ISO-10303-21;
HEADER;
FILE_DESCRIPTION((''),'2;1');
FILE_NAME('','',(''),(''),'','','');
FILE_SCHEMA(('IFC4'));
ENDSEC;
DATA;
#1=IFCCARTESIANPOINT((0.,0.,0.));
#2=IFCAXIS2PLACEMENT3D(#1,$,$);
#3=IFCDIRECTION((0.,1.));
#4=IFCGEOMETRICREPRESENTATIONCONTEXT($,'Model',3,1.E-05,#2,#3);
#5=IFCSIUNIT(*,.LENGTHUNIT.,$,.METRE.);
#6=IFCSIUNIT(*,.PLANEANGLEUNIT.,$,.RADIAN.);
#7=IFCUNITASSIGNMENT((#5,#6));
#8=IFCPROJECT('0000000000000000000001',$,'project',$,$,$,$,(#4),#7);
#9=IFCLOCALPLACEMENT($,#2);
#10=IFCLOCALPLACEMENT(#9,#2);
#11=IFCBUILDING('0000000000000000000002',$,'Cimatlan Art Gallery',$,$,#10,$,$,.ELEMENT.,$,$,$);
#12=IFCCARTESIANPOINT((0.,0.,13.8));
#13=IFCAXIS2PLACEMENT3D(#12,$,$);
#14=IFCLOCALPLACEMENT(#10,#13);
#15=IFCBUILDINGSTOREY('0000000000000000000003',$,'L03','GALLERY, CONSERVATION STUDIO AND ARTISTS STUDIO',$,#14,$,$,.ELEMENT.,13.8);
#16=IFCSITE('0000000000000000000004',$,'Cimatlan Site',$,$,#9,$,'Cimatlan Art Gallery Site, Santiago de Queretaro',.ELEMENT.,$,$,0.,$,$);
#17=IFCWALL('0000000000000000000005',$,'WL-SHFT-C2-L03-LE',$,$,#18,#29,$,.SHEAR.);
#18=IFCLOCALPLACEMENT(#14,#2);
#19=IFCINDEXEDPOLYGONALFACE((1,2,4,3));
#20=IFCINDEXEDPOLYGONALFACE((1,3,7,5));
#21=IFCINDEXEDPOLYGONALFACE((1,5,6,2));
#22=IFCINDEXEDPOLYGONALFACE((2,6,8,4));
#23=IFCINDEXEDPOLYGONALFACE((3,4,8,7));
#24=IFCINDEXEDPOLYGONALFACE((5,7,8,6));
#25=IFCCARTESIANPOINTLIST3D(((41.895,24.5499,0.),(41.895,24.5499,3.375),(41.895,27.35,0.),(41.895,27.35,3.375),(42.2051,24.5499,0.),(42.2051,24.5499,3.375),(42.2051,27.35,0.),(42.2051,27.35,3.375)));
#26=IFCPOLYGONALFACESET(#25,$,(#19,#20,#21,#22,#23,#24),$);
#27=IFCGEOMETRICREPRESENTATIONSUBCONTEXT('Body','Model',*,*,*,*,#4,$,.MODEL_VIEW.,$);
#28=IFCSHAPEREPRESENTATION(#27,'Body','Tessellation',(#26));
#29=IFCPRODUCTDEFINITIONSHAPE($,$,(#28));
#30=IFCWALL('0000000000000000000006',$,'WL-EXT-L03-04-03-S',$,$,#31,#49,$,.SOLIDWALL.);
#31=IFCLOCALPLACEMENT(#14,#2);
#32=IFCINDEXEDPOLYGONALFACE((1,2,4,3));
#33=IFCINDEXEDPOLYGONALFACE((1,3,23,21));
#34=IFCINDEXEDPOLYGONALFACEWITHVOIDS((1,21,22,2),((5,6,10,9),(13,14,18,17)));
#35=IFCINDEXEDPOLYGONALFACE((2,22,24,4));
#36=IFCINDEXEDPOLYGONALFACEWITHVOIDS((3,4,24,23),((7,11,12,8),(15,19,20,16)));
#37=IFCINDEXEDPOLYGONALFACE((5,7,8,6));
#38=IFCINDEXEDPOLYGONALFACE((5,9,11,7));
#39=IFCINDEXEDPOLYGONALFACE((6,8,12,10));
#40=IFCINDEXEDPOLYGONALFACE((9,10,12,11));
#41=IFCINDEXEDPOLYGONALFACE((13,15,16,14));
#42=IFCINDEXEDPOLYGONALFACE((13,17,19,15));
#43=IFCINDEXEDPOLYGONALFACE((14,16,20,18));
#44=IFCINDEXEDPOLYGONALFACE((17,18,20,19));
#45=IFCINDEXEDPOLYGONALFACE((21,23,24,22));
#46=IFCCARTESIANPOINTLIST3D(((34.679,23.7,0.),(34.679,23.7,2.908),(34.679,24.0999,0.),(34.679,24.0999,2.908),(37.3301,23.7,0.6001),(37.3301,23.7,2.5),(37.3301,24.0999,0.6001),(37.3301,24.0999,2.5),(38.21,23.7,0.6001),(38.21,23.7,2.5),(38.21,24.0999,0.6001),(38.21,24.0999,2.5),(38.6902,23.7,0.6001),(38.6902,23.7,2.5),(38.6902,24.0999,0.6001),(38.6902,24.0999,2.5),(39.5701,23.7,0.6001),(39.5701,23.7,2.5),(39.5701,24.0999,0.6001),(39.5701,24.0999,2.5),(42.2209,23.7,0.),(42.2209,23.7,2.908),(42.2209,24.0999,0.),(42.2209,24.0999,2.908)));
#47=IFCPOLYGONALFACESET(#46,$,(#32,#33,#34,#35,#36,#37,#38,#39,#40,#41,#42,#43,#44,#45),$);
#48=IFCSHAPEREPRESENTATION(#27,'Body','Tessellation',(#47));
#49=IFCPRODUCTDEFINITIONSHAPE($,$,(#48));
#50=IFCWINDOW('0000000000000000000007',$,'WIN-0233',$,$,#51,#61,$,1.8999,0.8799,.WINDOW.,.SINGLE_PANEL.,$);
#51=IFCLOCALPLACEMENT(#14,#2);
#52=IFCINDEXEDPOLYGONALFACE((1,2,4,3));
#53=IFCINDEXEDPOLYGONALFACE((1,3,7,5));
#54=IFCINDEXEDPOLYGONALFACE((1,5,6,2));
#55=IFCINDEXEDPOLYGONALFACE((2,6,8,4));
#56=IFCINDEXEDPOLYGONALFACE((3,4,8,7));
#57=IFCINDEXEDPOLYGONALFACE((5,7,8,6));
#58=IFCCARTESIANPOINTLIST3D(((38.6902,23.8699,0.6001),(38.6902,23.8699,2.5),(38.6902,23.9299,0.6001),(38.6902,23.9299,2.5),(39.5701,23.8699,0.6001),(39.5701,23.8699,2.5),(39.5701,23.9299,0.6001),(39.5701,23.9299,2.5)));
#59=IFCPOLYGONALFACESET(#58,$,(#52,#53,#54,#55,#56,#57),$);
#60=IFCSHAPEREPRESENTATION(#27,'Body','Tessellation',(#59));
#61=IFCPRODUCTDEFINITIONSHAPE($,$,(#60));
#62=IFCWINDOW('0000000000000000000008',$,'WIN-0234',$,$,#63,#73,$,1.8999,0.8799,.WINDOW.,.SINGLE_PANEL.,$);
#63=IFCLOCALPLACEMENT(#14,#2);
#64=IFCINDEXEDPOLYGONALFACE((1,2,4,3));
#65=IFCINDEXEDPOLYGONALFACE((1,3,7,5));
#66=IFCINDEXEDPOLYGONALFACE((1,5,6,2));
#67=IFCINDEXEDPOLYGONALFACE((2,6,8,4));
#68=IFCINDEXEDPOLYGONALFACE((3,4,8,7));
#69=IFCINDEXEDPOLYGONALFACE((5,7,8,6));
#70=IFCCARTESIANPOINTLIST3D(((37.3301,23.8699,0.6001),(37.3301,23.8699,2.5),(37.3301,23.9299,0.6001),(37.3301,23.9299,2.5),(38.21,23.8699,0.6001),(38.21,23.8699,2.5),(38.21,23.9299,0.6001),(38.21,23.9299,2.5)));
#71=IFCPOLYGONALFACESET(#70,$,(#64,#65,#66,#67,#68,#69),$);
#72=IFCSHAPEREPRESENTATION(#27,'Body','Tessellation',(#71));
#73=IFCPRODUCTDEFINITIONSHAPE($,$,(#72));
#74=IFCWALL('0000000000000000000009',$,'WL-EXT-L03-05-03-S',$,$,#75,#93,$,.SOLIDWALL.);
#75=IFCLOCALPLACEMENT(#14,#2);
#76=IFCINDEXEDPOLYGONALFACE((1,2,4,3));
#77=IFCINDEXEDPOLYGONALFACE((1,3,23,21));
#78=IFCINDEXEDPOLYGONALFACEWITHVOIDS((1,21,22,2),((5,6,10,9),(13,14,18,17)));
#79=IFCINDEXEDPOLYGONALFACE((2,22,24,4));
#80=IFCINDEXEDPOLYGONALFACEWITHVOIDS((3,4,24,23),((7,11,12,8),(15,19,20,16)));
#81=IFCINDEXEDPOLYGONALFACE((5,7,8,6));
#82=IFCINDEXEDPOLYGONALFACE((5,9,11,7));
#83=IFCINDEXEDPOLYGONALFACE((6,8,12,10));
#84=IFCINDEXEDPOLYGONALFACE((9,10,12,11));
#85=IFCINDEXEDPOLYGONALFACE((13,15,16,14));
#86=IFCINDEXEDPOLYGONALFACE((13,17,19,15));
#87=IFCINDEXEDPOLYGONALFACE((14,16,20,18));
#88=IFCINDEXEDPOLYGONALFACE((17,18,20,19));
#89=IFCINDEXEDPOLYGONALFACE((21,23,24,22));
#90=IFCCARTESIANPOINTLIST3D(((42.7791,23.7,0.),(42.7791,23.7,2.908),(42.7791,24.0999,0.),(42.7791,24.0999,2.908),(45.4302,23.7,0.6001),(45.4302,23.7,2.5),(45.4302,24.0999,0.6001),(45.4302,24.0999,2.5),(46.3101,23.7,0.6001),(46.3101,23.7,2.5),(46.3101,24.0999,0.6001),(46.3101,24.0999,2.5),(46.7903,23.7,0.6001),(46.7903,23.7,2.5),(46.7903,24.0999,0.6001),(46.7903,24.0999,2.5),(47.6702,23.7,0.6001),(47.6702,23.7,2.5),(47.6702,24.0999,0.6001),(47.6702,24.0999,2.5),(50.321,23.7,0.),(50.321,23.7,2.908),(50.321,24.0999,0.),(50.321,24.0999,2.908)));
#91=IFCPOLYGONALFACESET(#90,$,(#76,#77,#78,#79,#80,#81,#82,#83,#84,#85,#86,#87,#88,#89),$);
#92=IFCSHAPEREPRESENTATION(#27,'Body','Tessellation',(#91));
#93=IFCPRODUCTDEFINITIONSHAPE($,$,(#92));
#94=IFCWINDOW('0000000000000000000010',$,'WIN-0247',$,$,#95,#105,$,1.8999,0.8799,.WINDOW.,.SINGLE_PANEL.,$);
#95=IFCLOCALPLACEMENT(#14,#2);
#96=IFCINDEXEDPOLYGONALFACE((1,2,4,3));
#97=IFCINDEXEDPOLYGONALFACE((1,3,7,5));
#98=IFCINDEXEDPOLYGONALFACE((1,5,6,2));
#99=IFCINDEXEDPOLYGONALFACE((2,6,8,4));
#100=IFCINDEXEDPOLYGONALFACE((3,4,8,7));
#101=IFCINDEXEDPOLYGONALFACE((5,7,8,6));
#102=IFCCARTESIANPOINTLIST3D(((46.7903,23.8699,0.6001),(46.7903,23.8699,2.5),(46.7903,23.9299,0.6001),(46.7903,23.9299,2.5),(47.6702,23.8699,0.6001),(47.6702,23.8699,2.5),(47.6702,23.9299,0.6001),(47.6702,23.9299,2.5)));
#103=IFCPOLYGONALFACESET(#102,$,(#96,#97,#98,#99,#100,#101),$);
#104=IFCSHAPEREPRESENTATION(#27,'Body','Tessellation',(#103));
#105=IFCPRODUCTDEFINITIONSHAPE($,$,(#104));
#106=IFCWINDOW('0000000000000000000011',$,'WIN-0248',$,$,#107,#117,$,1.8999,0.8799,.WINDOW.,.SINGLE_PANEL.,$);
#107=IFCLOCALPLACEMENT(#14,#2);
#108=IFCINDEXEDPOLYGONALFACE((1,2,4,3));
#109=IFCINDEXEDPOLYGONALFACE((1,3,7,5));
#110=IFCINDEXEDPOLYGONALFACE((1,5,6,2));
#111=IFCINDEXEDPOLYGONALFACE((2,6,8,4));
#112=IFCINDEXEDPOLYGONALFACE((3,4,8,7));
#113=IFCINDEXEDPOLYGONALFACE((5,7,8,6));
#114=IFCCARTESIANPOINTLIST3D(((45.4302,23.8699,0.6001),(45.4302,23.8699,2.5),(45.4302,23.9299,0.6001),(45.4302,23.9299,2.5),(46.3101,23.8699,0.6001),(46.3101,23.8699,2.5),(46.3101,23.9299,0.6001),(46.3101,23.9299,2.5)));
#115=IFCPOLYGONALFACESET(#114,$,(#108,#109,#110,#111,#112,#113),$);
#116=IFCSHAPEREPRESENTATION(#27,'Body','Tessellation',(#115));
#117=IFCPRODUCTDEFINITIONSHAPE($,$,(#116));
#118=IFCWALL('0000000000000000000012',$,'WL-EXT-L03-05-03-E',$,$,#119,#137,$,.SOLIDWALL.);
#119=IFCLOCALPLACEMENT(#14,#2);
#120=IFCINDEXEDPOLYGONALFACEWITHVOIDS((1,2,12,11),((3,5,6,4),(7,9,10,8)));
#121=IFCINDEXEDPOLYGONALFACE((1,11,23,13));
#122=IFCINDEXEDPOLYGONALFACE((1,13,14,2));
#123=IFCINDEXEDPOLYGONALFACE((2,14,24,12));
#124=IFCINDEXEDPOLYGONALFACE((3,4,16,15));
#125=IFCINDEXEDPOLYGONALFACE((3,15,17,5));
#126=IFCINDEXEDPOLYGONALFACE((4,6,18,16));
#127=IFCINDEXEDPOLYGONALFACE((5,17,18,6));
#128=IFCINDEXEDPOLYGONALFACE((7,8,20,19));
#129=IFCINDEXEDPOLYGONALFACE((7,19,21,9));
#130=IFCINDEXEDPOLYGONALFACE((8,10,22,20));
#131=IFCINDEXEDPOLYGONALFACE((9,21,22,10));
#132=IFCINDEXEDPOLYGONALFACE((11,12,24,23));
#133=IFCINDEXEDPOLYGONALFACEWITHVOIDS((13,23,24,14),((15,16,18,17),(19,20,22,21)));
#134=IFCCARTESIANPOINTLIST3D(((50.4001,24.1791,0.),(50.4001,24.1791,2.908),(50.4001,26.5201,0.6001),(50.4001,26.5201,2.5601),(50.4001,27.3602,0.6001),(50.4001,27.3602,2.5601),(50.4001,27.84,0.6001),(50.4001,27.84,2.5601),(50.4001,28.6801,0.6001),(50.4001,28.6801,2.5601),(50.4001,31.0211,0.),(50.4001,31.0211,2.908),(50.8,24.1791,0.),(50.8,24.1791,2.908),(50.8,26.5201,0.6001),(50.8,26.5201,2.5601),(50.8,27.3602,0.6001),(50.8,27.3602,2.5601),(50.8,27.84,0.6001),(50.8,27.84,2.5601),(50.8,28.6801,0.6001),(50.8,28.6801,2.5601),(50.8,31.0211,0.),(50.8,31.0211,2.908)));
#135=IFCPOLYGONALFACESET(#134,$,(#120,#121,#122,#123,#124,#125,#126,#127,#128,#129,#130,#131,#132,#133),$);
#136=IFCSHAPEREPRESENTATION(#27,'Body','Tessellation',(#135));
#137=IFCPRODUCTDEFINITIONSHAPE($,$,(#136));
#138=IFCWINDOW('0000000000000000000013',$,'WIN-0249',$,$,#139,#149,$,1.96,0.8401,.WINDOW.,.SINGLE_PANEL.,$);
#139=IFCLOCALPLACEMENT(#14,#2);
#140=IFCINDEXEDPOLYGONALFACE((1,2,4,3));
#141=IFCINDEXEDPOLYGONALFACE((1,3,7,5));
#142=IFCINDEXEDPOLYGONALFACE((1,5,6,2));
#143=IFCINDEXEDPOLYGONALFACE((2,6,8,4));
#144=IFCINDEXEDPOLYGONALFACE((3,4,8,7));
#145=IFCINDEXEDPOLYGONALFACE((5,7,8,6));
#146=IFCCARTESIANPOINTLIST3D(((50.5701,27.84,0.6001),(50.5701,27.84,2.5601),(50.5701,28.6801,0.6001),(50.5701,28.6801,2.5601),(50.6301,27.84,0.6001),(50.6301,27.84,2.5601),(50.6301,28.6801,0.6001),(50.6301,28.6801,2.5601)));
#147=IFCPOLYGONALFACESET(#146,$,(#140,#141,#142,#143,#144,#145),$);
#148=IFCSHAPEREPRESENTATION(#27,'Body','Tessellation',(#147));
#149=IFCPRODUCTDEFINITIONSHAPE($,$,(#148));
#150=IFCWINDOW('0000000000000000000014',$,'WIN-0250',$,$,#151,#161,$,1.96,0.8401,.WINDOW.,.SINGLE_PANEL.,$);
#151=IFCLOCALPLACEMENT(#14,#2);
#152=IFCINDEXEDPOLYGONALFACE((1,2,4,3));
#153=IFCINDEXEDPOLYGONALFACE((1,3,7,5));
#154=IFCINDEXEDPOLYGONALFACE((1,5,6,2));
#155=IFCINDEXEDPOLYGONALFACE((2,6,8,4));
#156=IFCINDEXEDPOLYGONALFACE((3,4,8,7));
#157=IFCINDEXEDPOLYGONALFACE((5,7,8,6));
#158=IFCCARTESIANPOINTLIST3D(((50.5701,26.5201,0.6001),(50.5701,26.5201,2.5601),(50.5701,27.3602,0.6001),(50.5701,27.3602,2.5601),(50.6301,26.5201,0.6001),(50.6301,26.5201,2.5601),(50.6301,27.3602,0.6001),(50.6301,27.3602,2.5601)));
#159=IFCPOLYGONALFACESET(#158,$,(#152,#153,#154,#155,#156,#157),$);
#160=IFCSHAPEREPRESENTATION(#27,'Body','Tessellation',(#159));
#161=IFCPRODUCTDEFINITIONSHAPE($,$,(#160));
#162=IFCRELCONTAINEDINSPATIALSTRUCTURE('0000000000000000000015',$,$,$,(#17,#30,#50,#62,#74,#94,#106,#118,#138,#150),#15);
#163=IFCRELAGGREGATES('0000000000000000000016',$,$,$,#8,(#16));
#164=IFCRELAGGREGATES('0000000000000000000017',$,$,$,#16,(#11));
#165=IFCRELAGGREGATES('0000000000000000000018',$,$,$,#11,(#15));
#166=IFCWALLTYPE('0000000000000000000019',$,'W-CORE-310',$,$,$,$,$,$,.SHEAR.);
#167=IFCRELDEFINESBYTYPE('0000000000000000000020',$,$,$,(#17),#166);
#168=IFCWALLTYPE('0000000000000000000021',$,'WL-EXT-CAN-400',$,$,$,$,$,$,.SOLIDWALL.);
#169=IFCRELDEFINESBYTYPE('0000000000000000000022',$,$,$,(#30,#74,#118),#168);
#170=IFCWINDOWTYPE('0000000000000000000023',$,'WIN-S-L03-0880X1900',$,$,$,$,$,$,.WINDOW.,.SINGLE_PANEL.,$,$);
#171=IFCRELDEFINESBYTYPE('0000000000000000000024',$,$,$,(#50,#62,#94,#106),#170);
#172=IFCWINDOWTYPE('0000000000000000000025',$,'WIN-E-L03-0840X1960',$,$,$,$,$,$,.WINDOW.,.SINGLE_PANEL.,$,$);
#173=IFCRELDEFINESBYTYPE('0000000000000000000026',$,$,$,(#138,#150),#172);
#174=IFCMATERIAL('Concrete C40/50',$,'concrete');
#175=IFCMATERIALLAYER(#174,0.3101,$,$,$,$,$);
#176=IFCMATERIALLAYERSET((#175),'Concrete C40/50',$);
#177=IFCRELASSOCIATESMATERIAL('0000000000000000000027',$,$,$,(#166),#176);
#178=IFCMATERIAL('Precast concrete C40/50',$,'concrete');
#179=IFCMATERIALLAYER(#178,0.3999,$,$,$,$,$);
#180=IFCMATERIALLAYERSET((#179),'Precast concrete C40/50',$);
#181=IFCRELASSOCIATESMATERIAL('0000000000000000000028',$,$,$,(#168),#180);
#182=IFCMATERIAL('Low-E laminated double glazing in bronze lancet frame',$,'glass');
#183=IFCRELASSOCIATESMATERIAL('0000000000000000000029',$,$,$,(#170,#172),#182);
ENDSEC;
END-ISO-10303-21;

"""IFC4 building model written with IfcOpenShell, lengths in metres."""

from ifc_helpers import new_model, si_unit, direction, frame, frame_2d, origin, place, context, subcontext, project, spatial, rectangle, extrude, material, layer, layer_set, type_object, element, fill, save


model = new_model("IFC4")

# Units and contexts
model_context = context("Model", 3, precision=1e-05, world=origin(), true_north=direction((0.0, 1.0)))
body_context = subcontext(model_context, "Body", "Model", "MODEL_VIEW")
ifc_project = project(units=[si_unit("LENGTHUNIT", "METRE"), si_unit("PLANEANGLEUNIT", "RADIAN")], contexts=[model_context])

# Site, building, storey
site_placement = place(None, origin())
site = spatial("IfcSite", under=ifc_project, at=site_placement, Name="Cimatlan Site", LongName="Cimatlan Art Gallery Site, Santiago de Queretaro", CompositionType="ELEMENT", RefElevation=0.0)
building_placement = place(site_placement, origin())
building = spatial("IfcBuilding", under=site, at=building_placement, Name="Cimatlan Art Gallery", CompositionType="ELEMENT")
storey_placement = place(building_placement, frame((0.0, 0.0, 13.8)))
storey = spatial("IfcBuildingStorey", under=building, at=storey_placement, Name="L03", Description="GALLERY, CONSERVATION STUDIO AND ARTISTS STUDIO", CompositionType="ELEMENT", Elevation=13.8)

# Wall
ifc_material_1 = material(Name="Concrete C40/50", Category="concrete")
ifc_layer_1 = layer(ifc_material_1, 0.3101)
ifc_layer_set_1 = layer_set([ifc_layer_1], Name="Concrete C40/50")
wall_type_1 = type_object("IfcWallType", Name="W-CORE-310", PredefinedType="SHEAR", material=ifc_layer_set_1)
wall_1_placement = place(storey_placement, frame((42.05, 24.55, 0.0), z_axis=(0.0, 0.0, 1.0), x_axis=(0.0, 1.0, 0.0)))
element("IfcWall", 1, at=wall_1_placement, inside=storey, type_object=wall_type_1, Name="WL-SHFT-C2-L03-LE", PredefinedType="SHEAR", context=body_context, shape_type="SweptSolid", body=[
    extrude(rectangle(XDim=2.8, YDim=0.3101, at=frame_2d((1.3999, 0.0))), origin(), (0.0, 0.0, 1.0), 3.375),
])

# Walls, openings, windows
ifc_material_2 = material(Name="Precast concrete C40/50", Category="concrete")
ifc_layer_2 = layer(ifc_material_2, 0.3999)
ifc_layer_set_2 = layer_set([ifc_layer_2], Name="Precast concrete C40/50")
wall_type_2 = type_object("IfcWallType", Name="WL-EXT-CAN-400", PredefinedType="SOLIDWALL", material=ifc_layer_set_2)
wall_2_placement = place(storey_placement, frame((42.2209, 23.8999, 0.0), z_axis=(0.0, 0.0, 1.0), x_axis=(-1.0, 0.0, 0.0)))
wall_2 = element("IfcWall", 2, at=wall_2_placement, inside=storey, type_object=wall_type_2, Name="WL-EXT-L03-04-03-S", PredefinedType="SOLIDWALL", context=body_context, shape_type="SweptSolid", body=[
    extrude(rectangle(XDim=7.542, YDim=0.3999, at=frame_2d((3.771, 0.0))), origin(), (0.0, 0.0, 1.0), 2.908),
])
opening_1_placement = place(wall_2_placement, frame((2.6509, 0.0, 0.6001)))
opening_1 = element("IfcOpeningElement", 3, at=opening_1_placement, cuts=wall_2, PredefinedType="OPENING", context=body_context, shape_type="SweptSolid", body=[
    extrude(rectangle(XDim=0.8799, YDim=1.8999, at=frame_2d((0.4399, 0.95))), frame((0.0, 0.21, 0.0), z_axis=(0.0, -1.0, 0.0), x_axis=(1.0, 0.0, 0.0)), (0.0, 0.0, 1.0), 0.4199),
])
opening_2_placement = place(wall_2_placement, frame((4.011, 0.0, 0.6001)))
opening_2 = element("IfcOpeningElement", 4, at=opening_2_placement, cuts=wall_2, PredefinedType="OPENING", context=body_context, shape_type="SweptSolid", body=[
    extrude(rectangle(XDim=0.8799, YDim=1.8999, at=frame_2d((0.4399, 0.95))), frame((0.0, 0.21, 0.0), z_axis=(0.0, -1.0, 0.0), x_axis=(1.0, 0.0, 0.0)), (0.0, 0.0, 1.0), 0.4199),
])
ifc_material_3 = material(Name="Low-E laminated double glazing in bronze lancet frame", Category="glass")
window_type_1 = type_object("IfcWindowType", Name="WIN-S-L03-0880X1900", PartitioningType="SINGLE_PANEL", PredefinedType="WINDOW", material=ifc_material_3)
window_1_placement = place(opening_1_placement, origin())
window_1 = element("IfcWindow", 5, at=window_1_placement, inside=storey, type_object=window_type_1, Name="WIN-0233", OverallHeight=1.8999, OverallWidth=0.8799, PartitioningType="SINGLE_PANEL", PredefinedType="WINDOW", context=body_context, shape_type="SweptSolid", body=[
    extrude(rectangle(XDim=0.8799, YDim=1.8999, at=frame_2d((0.4399, 0.95))), frame((0.0, 0.03, 0.0), z_axis=(0.0, -1.0, 0.0), x_axis=(1.0, 0.0, 0.0)), (0.0, 0.0, 1.0), 0.0601),
])
fill(opening_1, window_1)
window_2_placement = place(opening_2_placement, origin())
window_2 = element("IfcWindow", 6, at=window_2_placement, inside=storey, type_object=window_type_1, Name="WIN-0234", OverallHeight=1.8999, OverallWidth=0.8799, PartitioningType="SINGLE_PANEL", PredefinedType="WINDOW", context=body_context, shape_type="SweptSolid", body=[
    extrude(rectangle(XDim=0.8799, YDim=1.8999, at=frame_2d((0.4399, 0.95))), frame((0.0, 0.03, 0.0), z_axis=(0.0, -1.0, 0.0), x_axis=(1.0, 0.0, 0.0)), (0.0, 0.0, 1.0), 0.0601),
])
fill(opening_2, window_2)
wall_3_placement = place(storey_placement, frame((50.321, 23.8999, 0.0), z_axis=(0.0, 0.0, 1.0), x_axis=(-1.0, 0.0, 0.0)))
wall_3 = element("IfcWall", 7, at=wall_3_placement, inside=storey, type_object=wall_type_2, Name="WL-EXT-L03-05-03-S", PredefinedType="SOLIDWALL", context=body_context, shape_type="SweptSolid", body=[
    extrude(rectangle(XDim=7.542, YDim=0.3999, at=frame_2d((3.771, 0.0))), origin(), (0.0, 0.0, 1.0), 2.908),
])
opening_3_placement = place(wall_3_placement, frame((2.6509, 0.0, 0.6001)))
opening_3 = element("IfcOpeningElement", 8, at=opening_3_placement, cuts=wall_3, PredefinedType="OPENING", context=body_context, shape_type="SweptSolid", body=[
    extrude(rectangle(XDim=0.8799, YDim=1.8999, at=frame_2d((0.4399, 0.95))), frame((0.0, 0.21, 0.0), z_axis=(0.0, -1.0, 0.0), x_axis=(1.0, 0.0, 0.0)), (0.0, 0.0, 1.0), 0.4199),
])
opening_4_placement = place(wall_3_placement, frame((4.011, 0.0, 0.6001)))
opening_4 = element("IfcOpeningElement", 9, at=opening_4_placement, cuts=wall_3, PredefinedType="OPENING", context=body_context, shape_type="SweptSolid", body=[
    extrude(rectangle(XDim=0.8799, YDim=1.8999, at=frame_2d((0.4399, 0.95))), frame((0.0, 0.21, 0.0), z_axis=(0.0, -1.0, 0.0), x_axis=(1.0, 0.0, 0.0)), (0.0, 0.0, 1.0), 0.4199),
])
window_3_placement = place(opening_3_placement, origin())
window_3 = element("IfcWindow", 10, at=window_3_placement, inside=storey, type_object=window_type_1, Name="WIN-0247", OverallHeight=1.8999, OverallWidth=0.8799, PartitioningType="SINGLE_PANEL", PredefinedType="WINDOW", context=body_context, shape_type="SweptSolid", body=[
    extrude(rectangle(XDim=0.8799, YDim=1.8999, at=frame_2d((0.4399, 0.95))), frame((0.0, 0.03, 0.0), z_axis=(0.0, -1.0, 0.0), x_axis=(1.0, 0.0, 0.0)), (0.0, 0.0, 1.0), 0.0601),
])
fill(opening_3, window_3)
window_4_placement = place(opening_4_placement, origin())
window_4 = element("IfcWindow", 11, at=window_4_placement, inside=storey, type_object=window_type_1, Name="WIN-0248", OverallHeight=1.8999, OverallWidth=0.8799, PartitioningType="SINGLE_PANEL", PredefinedType="WINDOW", context=body_context, shape_type="SweptSolid", body=[
    extrude(rectangle(XDim=0.8799, YDim=1.8999, at=frame_2d((0.4399, 0.95))), frame((0.0, 0.03, 0.0), z_axis=(0.0, -1.0, 0.0), x_axis=(1.0, 0.0, 0.0)), (0.0, 0.0, 1.0), 0.0601),
])
fill(opening_4, window_4)
wall_4_placement = place(storey_placement, frame((50.6001, 31.021, 0.0), z_axis=(0.0, 0.0, 1.0), x_axis=(0.0, -1.0, 0.0)))
wall_4 = element("IfcWall", 12, at=wall_4_placement, inside=storey, type_object=wall_type_2, Name="WL-EXT-L03-05-03-E", PredefinedType="SOLIDWALL", context=body_context, shape_type="SweptSolid", body=[
    extrude(rectangle(XDim=6.842, YDim=0.3999, at=frame_2d((3.4209, 0.0))), origin(), (0.0, 0.0, 1.0), 2.908),
])
opening_5_placement = place(wall_4_placement, frame((2.3411, 0.0, 0.6001)))
opening_5 = element("IfcOpeningElement", 13, at=opening_5_placement, cuts=wall_4, PredefinedType="OPENING", context=body_context, shape_type="SweptSolid", body=[
    extrude(rectangle(XDim=0.8401, YDim=1.96, at=frame_2d((0.4199, 0.98))), frame((0.0, 0.21, 0.0), z_axis=(0.0, -1.0, 0.0), x_axis=(1.0, 0.0, 0.0)), (0.0, 0.0, 1.0), 0.4199),
])
opening_6_placement = place(wall_4_placement, frame((3.6609, 0.0, 0.6001)))
opening_6 = element("IfcOpeningElement", 14, at=opening_6_placement, cuts=wall_4, PredefinedType="OPENING", context=body_context, shape_type="SweptSolid", body=[
    extrude(rectangle(XDim=0.8401, YDim=1.96, at=frame_2d((0.4199, 0.98))), frame((0.0, 0.21, 0.0), z_axis=(0.0, -1.0, 0.0), x_axis=(1.0, 0.0, 0.0)), (0.0, 0.0, 1.0), 0.4199),
])
window_type_2 = type_object("IfcWindowType", Name="WIN-E-L03-0840X1960", PartitioningType="SINGLE_PANEL", PredefinedType="WINDOW", material=ifc_material_3)
window_5_placement = place(opening_5_placement, origin())
window_5 = element("IfcWindow", 15, at=window_5_placement, inside=storey, type_object=window_type_2, Name="WIN-0249", OverallHeight=1.96, OverallWidth=0.8401, PartitioningType="SINGLE_PANEL", PredefinedType="WINDOW", context=body_context, shape_type="SweptSolid", body=[
    extrude(rectangle(XDim=0.8401, YDim=1.96, at=frame_2d((0.4199, 0.98))), frame((0.0, 0.03, 0.0), z_axis=(0.0, -1.0, 0.0), x_axis=(1.0, 0.0, 0.0)), (0.0, 0.0, 1.0), 0.0601),
])
fill(opening_5, window_5)
window_6_placement = place(opening_6_placement, origin())
window_6 = element("IfcWindow", 16, at=window_6_placement, inside=storey, type_object=window_type_2, Name="WIN-0250", OverallHeight=1.96, OverallWidth=0.8401, PartitioningType="SINGLE_PANEL", PredefinedType="WINDOW", context=body_context, shape_type="SweptSolid", body=[
    extrude(rectangle(XDim=0.8401, YDim=1.96, at=frame_2d((0.4199, 0.98))), frame((0.0, 0.03, 0.0), z_axis=(0.0, -1.0, 0.0), x_axis=(1.0, 0.0, 0.0)), (0.0, 0.0, 1.0), 0.0601),
])
fill(opening_6, window_6)

save(model, "model.ifc")
